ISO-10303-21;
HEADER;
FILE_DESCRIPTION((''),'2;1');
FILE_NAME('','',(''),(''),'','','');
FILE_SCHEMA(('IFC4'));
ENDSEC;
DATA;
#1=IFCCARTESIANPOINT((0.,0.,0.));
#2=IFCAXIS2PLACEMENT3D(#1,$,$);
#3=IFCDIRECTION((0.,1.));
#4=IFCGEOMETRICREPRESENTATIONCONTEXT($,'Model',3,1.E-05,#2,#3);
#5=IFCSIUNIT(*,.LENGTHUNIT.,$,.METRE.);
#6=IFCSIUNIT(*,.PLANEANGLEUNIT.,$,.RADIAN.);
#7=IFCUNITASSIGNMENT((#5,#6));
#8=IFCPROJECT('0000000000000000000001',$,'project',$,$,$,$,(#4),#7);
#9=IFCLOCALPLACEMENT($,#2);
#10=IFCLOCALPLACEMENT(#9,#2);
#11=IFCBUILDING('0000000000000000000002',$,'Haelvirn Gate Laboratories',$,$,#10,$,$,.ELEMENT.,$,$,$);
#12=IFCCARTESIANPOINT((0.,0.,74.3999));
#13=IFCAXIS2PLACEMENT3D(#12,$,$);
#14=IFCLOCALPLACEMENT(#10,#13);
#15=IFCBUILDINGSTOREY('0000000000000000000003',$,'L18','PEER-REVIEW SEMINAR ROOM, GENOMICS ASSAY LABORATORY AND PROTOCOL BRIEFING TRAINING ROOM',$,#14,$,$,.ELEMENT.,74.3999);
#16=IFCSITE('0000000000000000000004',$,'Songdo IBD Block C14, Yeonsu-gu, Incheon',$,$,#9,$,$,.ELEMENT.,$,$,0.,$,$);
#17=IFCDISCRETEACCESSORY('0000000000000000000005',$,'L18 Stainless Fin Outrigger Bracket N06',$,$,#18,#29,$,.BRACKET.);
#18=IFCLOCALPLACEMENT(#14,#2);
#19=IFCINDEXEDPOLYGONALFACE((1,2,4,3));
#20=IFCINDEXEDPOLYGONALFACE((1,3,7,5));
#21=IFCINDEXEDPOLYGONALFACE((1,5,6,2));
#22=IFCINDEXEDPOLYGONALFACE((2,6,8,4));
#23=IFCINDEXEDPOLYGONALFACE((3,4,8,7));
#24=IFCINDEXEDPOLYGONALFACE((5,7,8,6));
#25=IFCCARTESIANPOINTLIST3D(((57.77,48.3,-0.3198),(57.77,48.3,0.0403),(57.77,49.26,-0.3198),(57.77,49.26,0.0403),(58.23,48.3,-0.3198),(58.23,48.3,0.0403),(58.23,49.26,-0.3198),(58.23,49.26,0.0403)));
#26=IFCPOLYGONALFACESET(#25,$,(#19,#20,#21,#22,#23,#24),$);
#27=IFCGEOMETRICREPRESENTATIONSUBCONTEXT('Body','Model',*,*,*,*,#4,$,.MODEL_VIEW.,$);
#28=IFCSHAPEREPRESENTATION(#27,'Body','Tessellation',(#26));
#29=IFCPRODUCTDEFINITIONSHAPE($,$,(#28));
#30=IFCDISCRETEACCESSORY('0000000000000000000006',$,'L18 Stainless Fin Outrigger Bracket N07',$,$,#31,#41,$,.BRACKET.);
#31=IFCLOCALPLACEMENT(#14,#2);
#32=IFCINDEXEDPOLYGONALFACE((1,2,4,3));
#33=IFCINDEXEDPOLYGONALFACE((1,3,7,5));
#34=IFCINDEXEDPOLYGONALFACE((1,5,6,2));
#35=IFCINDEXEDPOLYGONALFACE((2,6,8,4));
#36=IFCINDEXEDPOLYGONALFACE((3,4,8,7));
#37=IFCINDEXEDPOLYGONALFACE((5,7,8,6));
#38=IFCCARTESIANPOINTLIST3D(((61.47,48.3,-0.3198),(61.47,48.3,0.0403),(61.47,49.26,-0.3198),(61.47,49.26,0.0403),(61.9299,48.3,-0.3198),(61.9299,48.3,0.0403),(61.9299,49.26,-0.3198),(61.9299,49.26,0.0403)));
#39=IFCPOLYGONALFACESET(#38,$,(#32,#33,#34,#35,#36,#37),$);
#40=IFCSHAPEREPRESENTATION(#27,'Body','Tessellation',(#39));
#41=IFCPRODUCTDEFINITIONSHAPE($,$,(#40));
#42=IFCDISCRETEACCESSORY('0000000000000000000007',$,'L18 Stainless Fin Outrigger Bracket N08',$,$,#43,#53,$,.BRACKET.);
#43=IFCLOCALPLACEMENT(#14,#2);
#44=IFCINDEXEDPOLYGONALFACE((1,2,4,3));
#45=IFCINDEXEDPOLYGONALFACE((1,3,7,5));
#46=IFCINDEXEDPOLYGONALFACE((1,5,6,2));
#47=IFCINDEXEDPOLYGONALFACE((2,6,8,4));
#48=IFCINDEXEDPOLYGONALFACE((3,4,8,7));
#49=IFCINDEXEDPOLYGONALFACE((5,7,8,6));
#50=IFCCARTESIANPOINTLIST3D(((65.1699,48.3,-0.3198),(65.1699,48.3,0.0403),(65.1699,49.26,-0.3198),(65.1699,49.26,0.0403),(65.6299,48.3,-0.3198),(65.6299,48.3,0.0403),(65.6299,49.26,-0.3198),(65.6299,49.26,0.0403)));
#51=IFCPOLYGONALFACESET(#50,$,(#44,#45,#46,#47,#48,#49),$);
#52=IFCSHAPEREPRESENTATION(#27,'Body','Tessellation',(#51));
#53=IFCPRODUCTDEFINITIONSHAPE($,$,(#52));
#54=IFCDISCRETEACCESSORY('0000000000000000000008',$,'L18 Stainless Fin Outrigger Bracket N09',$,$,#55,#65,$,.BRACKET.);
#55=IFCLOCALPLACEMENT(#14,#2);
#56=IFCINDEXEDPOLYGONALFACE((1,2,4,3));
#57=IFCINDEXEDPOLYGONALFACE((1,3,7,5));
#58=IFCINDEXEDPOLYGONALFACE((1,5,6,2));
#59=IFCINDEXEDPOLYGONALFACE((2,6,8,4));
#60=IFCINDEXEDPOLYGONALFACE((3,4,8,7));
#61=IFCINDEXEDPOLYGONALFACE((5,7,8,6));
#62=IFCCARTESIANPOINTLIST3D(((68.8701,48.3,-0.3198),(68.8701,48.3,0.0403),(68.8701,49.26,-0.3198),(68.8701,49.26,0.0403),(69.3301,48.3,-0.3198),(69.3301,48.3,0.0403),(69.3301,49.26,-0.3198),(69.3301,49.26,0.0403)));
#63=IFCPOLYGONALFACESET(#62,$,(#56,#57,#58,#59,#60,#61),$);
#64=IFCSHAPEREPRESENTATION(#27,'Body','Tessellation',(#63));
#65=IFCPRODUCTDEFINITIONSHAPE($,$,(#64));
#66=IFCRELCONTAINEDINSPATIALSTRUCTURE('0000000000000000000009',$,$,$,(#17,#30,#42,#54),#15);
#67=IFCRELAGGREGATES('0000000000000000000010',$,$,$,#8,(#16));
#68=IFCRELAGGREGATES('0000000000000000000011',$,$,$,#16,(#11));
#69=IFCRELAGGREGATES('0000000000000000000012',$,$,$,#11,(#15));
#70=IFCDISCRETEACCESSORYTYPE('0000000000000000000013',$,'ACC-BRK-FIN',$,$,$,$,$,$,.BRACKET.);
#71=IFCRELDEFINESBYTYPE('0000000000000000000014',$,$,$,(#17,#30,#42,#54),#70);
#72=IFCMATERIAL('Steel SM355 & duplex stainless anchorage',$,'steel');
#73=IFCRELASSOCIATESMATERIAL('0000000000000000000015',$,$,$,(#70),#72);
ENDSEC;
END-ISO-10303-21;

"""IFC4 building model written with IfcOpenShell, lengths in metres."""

from ifc_helpers import new_model, si_unit, direction, frame, origin, origin_2d, place, context, subcontext, project, spatial, rectangle, extrude, source, transform, mapped, material, type_object, type_shapes, element, save


model = new_model("IFC4")

# Units and contexts
model_context = context("Model", 3, precision=1e-05, world=origin(), true_north=direction((0.0, 1.0)))
body_context = subcontext(model_context, "Body", "Model", "MODEL_VIEW")
ifc_project = project(units=[si_unit("LENGTHUNIT", "METRE"), si_unit("PLANEANGLEUNIT", "RADIAN")], contexts=[model_context])

# Site, building, storey
site_placement = place(None, origin())
site = spatial("IfcSite", under=ifc_project, at=site_placement, Name="Songdo IBD Block C14, Yeonsu-gu, Incheon", CompositionType="ELEMENT", RefElevation=0.0)
building_placement = place(site_placement, origin())
building = spatial("IfcBuilding", under=site, at=building_placement, Name="Haelvirn Gate Laboratories", CompositionType="ELEMENT")
storey_placement = place(building_placement, frame((0.0, 0.0, 74.3999)))
storey = spatial("IfcBuildingStorey", under=building, at=storey_placement, Name="L18", Description="PEER-REVIEW SEMINAR ROOM, GENOMICS ASSAY LABORATORY AND PROTOCOL BRIEFING TRAINING ROOM", CompositionType="ELEMENT", Elevation=74.3999)

# Discrete accessories
ifc_material_1 = material(Name="Steel SM355 & duplex stainless anchorage", Category="steel")
discrete_accessory_type = type_object("IfcDiscreteAccessoryType", Name="ACC-BRK-FIN", PredefinedType="BRACKET", material=ifc_material_1)
shared_shape_1 = source(origin(), body_context, "Body", "SweptSolid", [
    extrude(rectangle(XDim=0.46, YDim=0.96, at=origin_2d()), origin(), (0.0, 0.0, 1.0), 0.3601),
])
type_shapes(discrete_accessory_type, [shared_shape_1])
for number, where, z_axis, x_axis, name in (
    (1, (58.0, 48.78, -0.3198), (0.0, 0.0, 1.0), (1.0, 0.0, 0.0), "L18 Stainless Fin Outrigger Bracket N06"),
    (2, (61.7, 48.78, -0.3198), (0.0, 0.0, 1.0), (1.0, 0.0, 0.0), "L18 Stainless Fin Outrigger Bracket N07"),
    (3, (65.3999, 48.78, -0.3198), (0.0, 0.0, 1.0), (1.0, 0.0, 0.0), "L18 Stainless Fin Outrigger Bracket N08"),
    (4, (69.1001, 48.78, -0.3198), (0.0, 0.0, 1.0), (1.0, 0.0, 0.0), "L18 Stainless Fin Outrigger Bracket N09"),
):
    element("IfcDiscreteAccessory", number, at=place(storey_placement, frame(where, z_axis=z_axis, x_axis=x_axis)), inside=storey, type_object=discrete_accessory_type, Name=name, PredefinedType="BRACKET", context=body_context, shape_type="MappedRepresentation", body=[
        mapped(shared_shape_1, transform((0.0, 0.0, 0.0), scale=1.0)),
    ])

save(model, "model.ifc")
